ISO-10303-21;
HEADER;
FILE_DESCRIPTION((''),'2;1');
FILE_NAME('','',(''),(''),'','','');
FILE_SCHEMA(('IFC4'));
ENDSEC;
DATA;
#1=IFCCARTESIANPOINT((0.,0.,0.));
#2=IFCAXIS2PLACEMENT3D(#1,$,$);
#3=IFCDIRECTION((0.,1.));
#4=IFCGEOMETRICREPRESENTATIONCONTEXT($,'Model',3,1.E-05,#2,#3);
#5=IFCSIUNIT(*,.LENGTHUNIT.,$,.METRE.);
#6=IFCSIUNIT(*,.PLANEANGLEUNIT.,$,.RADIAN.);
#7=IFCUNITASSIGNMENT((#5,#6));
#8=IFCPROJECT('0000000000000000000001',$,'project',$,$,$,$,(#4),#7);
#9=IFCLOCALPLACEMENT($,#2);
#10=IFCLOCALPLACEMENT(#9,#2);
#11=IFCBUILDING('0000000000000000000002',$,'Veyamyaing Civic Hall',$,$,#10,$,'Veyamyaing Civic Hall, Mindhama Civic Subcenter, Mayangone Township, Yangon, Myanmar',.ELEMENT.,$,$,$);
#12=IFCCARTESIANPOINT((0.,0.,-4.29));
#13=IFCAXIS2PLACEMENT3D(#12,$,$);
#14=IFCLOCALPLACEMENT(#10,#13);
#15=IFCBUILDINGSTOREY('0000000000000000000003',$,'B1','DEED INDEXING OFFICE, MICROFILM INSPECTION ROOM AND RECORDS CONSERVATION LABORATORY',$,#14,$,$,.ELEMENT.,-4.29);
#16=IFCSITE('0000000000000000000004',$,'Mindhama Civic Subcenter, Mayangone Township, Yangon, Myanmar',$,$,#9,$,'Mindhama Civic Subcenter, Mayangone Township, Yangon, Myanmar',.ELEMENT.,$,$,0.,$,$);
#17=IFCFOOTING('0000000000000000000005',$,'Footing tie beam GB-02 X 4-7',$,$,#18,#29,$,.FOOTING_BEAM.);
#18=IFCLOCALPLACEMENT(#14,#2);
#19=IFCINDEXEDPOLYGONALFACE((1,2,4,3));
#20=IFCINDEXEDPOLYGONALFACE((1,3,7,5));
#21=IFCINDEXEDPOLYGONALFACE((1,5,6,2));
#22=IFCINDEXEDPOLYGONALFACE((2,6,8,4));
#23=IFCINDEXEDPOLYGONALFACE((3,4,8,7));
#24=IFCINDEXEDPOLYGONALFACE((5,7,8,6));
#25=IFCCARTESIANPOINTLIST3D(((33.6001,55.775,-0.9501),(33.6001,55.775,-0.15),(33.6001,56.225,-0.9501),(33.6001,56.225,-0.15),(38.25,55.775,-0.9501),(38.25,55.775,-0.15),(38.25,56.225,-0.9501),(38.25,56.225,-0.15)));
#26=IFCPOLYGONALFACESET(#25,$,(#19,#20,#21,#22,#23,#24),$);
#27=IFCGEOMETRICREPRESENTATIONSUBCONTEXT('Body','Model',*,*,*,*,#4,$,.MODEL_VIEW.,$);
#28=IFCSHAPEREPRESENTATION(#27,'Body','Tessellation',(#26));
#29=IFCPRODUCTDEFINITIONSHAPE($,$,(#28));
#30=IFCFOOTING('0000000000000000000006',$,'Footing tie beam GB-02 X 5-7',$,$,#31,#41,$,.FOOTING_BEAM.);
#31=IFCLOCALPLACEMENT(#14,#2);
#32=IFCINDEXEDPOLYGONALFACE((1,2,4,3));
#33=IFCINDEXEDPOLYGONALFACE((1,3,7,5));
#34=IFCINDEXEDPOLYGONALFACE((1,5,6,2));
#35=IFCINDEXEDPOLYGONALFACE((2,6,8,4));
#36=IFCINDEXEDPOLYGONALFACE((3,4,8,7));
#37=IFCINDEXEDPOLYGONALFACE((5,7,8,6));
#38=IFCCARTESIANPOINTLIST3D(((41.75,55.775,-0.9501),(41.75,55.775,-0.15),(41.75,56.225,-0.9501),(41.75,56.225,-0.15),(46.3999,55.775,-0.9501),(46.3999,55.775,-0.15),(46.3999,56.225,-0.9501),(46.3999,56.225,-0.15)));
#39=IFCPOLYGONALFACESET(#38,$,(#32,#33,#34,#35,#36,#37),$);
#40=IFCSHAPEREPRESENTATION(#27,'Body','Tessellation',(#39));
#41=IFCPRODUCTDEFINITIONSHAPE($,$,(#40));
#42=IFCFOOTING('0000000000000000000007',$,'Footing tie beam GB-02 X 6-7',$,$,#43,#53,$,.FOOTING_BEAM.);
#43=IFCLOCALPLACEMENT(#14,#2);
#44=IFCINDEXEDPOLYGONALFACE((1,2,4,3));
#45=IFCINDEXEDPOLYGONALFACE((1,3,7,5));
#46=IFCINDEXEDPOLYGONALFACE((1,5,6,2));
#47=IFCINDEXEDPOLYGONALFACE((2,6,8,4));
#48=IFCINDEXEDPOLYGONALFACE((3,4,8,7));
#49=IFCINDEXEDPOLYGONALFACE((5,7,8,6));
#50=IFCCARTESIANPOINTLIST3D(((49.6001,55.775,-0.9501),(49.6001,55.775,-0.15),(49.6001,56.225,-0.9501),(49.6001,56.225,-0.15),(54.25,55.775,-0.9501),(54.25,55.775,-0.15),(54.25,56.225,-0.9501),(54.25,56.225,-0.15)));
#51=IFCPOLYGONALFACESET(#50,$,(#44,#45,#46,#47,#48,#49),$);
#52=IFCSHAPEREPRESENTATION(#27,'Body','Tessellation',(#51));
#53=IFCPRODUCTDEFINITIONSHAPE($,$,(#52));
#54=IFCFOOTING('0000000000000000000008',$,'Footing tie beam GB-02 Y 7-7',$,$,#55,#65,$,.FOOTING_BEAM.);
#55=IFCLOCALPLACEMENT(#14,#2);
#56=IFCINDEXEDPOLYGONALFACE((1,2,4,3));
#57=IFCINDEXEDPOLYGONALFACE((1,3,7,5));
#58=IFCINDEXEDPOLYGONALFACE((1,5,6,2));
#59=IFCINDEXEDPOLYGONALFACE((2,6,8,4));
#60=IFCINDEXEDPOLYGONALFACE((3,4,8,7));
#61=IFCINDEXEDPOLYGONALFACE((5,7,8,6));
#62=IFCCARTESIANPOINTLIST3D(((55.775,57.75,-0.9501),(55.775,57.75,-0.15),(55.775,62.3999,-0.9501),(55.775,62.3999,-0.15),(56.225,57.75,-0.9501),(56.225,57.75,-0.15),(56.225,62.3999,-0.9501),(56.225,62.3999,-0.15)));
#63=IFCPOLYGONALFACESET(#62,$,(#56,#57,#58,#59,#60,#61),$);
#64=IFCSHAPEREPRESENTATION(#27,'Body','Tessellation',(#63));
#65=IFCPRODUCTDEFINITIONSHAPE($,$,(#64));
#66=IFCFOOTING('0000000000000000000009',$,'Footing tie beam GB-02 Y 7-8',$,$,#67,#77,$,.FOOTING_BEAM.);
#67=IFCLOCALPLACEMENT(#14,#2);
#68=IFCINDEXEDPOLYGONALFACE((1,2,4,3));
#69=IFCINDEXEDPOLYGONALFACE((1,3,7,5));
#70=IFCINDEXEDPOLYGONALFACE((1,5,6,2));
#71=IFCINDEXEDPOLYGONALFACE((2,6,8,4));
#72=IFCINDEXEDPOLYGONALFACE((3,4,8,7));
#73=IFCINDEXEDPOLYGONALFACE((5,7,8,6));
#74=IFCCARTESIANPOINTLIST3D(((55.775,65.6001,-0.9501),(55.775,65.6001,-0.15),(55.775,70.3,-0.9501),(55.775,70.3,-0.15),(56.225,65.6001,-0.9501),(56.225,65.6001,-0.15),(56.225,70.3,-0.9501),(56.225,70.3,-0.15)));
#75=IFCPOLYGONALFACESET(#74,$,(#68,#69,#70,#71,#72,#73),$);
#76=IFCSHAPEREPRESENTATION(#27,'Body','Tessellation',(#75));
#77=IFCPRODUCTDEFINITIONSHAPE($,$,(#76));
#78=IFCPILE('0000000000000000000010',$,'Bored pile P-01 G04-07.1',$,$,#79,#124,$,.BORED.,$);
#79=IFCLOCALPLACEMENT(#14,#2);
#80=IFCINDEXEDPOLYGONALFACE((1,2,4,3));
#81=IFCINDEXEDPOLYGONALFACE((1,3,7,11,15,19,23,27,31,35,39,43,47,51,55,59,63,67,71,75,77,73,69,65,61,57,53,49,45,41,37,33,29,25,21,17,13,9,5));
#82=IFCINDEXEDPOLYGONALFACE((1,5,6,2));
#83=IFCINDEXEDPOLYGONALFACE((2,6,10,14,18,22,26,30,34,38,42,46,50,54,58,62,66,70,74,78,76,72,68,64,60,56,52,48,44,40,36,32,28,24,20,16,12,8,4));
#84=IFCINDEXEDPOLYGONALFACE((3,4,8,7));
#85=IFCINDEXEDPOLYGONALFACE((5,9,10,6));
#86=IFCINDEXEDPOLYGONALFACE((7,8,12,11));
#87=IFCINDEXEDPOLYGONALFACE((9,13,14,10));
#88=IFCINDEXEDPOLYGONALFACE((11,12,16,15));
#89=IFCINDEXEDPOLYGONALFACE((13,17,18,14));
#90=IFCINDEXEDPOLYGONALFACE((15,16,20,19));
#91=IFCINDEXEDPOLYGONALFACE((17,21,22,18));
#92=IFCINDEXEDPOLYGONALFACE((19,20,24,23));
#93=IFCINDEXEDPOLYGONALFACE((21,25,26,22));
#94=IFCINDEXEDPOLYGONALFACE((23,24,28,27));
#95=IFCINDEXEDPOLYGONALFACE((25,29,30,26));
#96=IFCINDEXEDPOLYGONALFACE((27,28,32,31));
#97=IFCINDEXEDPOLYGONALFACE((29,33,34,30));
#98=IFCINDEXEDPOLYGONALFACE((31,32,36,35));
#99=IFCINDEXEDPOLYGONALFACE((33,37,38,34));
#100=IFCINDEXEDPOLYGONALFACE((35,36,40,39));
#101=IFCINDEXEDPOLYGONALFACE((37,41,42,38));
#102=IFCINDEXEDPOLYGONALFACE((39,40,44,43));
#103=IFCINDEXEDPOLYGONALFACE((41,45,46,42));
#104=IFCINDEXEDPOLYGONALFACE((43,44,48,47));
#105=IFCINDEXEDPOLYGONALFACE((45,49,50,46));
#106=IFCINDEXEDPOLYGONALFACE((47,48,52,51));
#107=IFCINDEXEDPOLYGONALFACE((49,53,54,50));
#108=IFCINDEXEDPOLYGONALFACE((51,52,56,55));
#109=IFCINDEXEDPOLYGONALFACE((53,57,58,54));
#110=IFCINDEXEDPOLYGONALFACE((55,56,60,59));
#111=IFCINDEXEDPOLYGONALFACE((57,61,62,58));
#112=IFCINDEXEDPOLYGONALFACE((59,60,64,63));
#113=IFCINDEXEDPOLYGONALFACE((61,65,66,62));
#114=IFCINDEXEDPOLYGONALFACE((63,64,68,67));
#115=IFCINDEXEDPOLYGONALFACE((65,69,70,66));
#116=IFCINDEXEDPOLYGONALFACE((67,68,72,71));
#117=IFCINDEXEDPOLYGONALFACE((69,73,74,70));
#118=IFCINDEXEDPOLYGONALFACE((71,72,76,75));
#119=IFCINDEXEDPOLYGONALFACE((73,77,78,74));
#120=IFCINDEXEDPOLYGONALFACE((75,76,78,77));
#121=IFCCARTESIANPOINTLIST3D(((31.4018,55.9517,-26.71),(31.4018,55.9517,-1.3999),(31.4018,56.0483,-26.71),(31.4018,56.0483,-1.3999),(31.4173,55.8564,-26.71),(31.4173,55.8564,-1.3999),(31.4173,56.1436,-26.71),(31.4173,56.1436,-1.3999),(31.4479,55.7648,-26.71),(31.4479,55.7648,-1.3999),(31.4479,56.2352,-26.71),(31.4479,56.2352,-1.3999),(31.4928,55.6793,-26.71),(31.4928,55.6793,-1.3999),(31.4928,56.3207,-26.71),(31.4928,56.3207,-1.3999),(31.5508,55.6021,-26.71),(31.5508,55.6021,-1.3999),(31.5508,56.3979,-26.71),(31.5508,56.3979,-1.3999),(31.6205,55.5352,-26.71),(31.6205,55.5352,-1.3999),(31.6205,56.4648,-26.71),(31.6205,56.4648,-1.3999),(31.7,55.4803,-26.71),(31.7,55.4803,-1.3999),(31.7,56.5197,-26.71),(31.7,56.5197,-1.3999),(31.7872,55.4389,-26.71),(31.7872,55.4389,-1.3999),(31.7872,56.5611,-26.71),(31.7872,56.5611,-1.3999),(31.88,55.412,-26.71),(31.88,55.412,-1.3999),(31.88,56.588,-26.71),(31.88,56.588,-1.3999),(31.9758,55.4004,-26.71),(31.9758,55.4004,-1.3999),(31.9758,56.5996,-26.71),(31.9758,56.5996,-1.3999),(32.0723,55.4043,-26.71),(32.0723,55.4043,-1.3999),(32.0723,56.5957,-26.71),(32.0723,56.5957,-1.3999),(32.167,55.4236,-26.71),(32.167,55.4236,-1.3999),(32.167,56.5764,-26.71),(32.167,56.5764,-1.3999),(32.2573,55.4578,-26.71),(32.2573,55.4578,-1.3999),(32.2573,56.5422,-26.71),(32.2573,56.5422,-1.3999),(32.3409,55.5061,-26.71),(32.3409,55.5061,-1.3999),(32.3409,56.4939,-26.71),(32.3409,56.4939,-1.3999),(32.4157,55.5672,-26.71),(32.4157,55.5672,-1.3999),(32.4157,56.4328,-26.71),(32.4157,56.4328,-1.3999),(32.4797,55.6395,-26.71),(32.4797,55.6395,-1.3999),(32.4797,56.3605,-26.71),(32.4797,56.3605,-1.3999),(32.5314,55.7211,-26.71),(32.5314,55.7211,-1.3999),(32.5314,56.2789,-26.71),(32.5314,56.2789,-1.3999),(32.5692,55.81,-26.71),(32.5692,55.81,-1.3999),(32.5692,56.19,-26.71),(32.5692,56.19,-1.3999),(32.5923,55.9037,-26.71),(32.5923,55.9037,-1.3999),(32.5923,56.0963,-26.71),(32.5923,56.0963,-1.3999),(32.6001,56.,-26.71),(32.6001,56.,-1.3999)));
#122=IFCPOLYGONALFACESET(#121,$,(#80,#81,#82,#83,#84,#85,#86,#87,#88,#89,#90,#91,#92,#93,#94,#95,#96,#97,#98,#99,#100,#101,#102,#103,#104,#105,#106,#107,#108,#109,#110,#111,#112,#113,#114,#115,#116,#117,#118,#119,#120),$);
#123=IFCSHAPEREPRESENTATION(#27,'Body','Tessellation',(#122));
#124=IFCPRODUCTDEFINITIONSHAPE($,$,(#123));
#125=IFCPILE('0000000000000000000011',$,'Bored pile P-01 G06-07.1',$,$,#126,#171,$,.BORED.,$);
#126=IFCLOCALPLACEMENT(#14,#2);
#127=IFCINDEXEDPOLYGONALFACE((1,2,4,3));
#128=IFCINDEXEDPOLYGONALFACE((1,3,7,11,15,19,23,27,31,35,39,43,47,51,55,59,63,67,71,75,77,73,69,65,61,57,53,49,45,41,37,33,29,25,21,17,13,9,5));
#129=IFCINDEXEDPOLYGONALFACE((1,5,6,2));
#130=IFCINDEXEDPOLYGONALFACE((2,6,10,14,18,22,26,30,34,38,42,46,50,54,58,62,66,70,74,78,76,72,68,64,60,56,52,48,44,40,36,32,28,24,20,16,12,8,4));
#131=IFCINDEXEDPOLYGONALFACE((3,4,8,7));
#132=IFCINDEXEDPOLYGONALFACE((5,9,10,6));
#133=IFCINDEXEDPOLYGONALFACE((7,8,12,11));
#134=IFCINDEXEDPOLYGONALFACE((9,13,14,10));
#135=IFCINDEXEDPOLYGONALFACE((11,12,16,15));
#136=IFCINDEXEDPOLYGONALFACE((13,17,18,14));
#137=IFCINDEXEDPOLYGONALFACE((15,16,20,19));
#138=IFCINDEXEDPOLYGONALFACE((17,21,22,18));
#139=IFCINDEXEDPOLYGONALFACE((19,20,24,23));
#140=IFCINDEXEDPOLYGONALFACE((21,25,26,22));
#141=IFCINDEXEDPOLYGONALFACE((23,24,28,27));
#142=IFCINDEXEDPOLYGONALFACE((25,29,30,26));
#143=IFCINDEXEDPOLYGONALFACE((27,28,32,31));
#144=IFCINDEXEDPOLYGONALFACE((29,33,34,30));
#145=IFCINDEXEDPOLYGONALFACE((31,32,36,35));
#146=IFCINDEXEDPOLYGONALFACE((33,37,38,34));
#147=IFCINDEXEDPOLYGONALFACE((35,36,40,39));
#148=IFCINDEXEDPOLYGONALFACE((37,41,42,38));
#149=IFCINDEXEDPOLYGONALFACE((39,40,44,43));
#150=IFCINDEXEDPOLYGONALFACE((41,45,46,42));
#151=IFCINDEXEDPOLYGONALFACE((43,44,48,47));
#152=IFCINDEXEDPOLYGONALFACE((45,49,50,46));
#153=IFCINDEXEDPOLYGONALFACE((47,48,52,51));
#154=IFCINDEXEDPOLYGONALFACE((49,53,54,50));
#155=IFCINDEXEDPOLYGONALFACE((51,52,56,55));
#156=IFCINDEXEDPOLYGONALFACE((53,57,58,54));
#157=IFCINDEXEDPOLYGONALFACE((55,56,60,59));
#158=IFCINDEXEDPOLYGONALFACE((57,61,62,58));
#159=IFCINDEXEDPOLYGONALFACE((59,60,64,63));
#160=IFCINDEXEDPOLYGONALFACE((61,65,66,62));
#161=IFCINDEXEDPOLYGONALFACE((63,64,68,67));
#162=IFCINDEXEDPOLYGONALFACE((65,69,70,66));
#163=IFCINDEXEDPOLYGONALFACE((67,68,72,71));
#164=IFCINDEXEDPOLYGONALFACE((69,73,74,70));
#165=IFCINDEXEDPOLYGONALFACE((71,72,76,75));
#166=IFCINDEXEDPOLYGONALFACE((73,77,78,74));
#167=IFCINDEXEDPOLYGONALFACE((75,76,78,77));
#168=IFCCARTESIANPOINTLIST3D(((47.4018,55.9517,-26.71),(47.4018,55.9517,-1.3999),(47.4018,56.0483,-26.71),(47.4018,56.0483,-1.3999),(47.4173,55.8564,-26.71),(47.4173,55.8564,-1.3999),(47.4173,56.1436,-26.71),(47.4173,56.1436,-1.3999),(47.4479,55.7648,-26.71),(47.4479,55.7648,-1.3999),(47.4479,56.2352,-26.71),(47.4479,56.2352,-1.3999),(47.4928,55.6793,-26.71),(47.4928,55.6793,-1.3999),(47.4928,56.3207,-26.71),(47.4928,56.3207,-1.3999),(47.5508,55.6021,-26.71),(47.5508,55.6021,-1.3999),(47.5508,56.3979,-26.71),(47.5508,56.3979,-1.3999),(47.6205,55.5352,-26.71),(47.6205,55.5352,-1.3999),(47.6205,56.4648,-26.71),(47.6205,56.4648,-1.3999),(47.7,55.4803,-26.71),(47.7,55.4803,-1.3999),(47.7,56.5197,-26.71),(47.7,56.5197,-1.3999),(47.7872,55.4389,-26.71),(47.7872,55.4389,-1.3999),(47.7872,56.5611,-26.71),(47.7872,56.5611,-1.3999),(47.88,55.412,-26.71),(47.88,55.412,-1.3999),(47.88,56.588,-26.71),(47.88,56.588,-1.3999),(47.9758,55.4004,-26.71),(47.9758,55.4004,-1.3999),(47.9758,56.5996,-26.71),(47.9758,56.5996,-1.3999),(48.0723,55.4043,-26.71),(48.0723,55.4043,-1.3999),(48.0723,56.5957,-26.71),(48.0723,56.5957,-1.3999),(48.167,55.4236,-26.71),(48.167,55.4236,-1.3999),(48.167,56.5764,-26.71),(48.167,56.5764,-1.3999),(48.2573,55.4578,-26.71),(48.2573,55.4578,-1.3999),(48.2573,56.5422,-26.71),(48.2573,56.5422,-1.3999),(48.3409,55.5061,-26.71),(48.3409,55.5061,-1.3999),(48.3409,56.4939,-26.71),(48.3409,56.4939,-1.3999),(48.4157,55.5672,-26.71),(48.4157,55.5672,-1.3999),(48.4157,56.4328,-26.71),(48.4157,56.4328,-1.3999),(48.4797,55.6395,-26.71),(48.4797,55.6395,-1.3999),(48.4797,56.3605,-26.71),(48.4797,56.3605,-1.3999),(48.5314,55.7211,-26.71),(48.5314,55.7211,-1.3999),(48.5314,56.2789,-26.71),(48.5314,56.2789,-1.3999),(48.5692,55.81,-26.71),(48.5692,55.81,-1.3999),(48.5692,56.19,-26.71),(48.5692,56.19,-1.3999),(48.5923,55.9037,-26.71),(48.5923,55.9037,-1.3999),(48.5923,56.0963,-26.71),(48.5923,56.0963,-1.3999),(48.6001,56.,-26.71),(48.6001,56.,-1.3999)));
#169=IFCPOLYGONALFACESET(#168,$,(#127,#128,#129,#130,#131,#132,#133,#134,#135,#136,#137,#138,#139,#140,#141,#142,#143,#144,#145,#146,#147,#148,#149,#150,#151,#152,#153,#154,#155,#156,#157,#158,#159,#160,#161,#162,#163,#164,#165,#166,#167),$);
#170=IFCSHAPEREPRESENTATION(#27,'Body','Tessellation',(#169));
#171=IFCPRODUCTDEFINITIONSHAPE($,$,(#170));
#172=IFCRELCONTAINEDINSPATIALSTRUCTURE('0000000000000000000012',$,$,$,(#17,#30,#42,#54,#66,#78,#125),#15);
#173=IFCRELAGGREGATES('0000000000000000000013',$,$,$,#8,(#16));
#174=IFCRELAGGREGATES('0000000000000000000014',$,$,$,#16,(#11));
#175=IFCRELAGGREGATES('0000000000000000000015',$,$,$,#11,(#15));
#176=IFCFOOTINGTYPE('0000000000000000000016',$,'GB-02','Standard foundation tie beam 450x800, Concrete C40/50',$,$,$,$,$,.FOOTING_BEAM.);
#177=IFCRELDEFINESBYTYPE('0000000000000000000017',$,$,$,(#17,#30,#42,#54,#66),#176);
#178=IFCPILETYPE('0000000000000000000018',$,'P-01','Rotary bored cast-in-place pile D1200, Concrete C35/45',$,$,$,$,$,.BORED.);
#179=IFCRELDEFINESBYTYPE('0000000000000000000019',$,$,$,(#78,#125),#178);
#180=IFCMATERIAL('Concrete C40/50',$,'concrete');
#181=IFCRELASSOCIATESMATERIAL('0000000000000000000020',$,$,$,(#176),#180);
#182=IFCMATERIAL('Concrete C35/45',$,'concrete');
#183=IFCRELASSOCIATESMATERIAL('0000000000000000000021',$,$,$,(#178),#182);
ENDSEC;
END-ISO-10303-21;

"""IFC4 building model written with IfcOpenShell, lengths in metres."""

from ifc_helpers import new_model, si_unit, direction, frame, origin, origin_2d, place, context, subcontext, project, spatial, rectangle, circle, extrude, material, material_profile, profile_set, type_object, element, save


model = new_model("IFC4")

# Units and contexts
model_context = context("Model", 3, precision=1e-05, world=origin(), true_north=direction((0.0, 1.0)))
body_context = subcontext(model_context, "Body", "Model", "MODEL_VIEW")
ifc_project = project(units=[si_unit("LENGTHUNIT", "METRE"), si_unit("PLANEANGLEUNIT", "RADIAN")], contexts=[model_context])

# Site, building, storey
site_placement = place(None, origin())
site = spatial("IfcSite", under=ifc_project, at=site_placement, Name="Mindhama Civic Subcenter, Mayangone Township, Yangon, Myanmar", LongName="Mindhama Civic Subcenter, Mayangone Township, Yangon, Myanmar", CompositionType="ELEMENT", RefElevation=0.0)
building_placement = place(site_placement, origin())
building = spatial("IfcBuilding", under=site, at=building_placement, Name="Veyamyaing Civic Hall", LongName="Veyamyaing Civic Hall, Mindhama Civic Subcenter, Mayangone Township, Yangon, Myanmar", CompositionType="ELEMENT")
storey_placement = place(building_placement, frame((0.0, 0.0, -4.29)))
storey = spatial("IfcBuildingStorey", under=building, at=storey_placement, Name="B1", Description="DEED INDEXING OFFICE, MICROFILM INSPECTION ROOM AND RECORDS CONSERVATION LABORATORY", CompositionType="ELEMENT", Elevation=-4.29)

# Footings
ifc_material_1 = material(Name="Concrete C40/50", Category="concrete")
ifc_material_profile_1 = material_profile(ifc_material_1, rectangle(XDim=0.45, YDim=0.8, at=origin_2d()), Name="GB-450X800")
ifc_profile_set_1 = profile_set([ifc_material_profile_1], Name="Concrete C40/50")
footing_type_1 = type_object("IfcFootingType", Name="GB-02", Description="Standard foundation tie beam 450x800, Concrete C40/50", PredefinedType="FOOTING_BEAM", material=ifc_profile_set_1)
for number, where, z_axis, x_axis, name in (
    (1, (33.6001, 56.0, -0.55), (1.0, 0.0, 0.0), (0.0, 1.0, 0.0), "Footing tie beam GB-02 X 4-7"),
    (2, (41.75, 56.0, -0.55), (1.0, 0.0, 0.0), (0.0, 1.0, 0.0), "Footing tie beam GB-02 X 5-7"),
    (3, (49.6001, 56.0, -0.55), (1.0, 0.0, 0.0), (0.0, 1.0, 0.0), "Footing tie beam GB-02 X 6-7"),
    (4, (56.0, 57.75, -0.55), (0.0, 1.0, 0.0), (-1.0, 0.0, 0.0), "Footing tie beam GB-02 Y 7-7"),
):
    element("IfcFooting", number, at=place(storey_placement, frame(where, z_axis=z_axis, x_axis=x_axis)), inside=storey, type_object=footing_type_1, Name=name, PredefinedType="FOOTING_BEAM", context=body_context, shape_type="SweptSolid", body=[
        extrude(rectangle(XDim=0.45, YDim=0.8, at=origin_2d()), origin(), (0.0, 0.0, 1.0), 4.6499),
    ])
footing_1_placement = place(storey_placement, frame((56.0, 65.6001, -0.55), z_axis=(0.0, 1.0, 0.0), x_axis=(-1.0, 0.0, 0.0)))
element("IfcFooting", 5, at=footing_1_placement, inside=storey, type_object=footing_type_1, Name="Footing tie beam GB-02 Y 7-8", PredefinedType="FOOTING_BEAM", context=body_context, shape_type="SweptSolid", body=[
    extrude(rectangle(XDim=0.45, YDim=0.8, at=origin_2d()), origin(), (0.0, 0.0, 1.0), 4.7),
])

# Piles
ifc_material_2 = material(Name="Concrete C35/45", Category="concrete")
ifc_material_profile_2 = material_profile(ifc_material_2, circle(Radius=0.6001, at=origin_2d()), Name="PILE-D1200")
ifc_profile_set_2 = profile_set([ifc_material_profile_2], Name="Concrete C35/45")
pile_type_1 = type_object("IfcPileType", Name="P-01", Description="Rotary bored cast-in-place pile D1200, Concrete C35/45", PredefinedType="BORED", material=ifc_profile_set_2)
for number, where, z_axis, x_axis, name in (
    (6, (32.0, 56.0, -1.3999), (0.0, 0.0, -1.0), (1.0, 0.0, 0.0), "Bored pile P-01 G04-07.1"),
    (7, (48.0, 56.0, -1.3999), (0.0, 0.0, -1.0), (1.0, 0.0, 0.0), "Bored pile P-01 G06-07.1"),
):
    element("IfcPile", number, at=place(storey_placement, frame(where, z_axis=z_axis, x_axis=x_axis)), inside=storey, type_object=pile_type_1, Name=name, PredefinedType="BORED", context=body_context, shape_type="SweptSolid", body=[
        extrude(circle(Radius=0.6001, at=origin_2d()), origin(), (0.0, 0.0, 1.0), 25.3101),
    ])

save(model, "model.ifc")
